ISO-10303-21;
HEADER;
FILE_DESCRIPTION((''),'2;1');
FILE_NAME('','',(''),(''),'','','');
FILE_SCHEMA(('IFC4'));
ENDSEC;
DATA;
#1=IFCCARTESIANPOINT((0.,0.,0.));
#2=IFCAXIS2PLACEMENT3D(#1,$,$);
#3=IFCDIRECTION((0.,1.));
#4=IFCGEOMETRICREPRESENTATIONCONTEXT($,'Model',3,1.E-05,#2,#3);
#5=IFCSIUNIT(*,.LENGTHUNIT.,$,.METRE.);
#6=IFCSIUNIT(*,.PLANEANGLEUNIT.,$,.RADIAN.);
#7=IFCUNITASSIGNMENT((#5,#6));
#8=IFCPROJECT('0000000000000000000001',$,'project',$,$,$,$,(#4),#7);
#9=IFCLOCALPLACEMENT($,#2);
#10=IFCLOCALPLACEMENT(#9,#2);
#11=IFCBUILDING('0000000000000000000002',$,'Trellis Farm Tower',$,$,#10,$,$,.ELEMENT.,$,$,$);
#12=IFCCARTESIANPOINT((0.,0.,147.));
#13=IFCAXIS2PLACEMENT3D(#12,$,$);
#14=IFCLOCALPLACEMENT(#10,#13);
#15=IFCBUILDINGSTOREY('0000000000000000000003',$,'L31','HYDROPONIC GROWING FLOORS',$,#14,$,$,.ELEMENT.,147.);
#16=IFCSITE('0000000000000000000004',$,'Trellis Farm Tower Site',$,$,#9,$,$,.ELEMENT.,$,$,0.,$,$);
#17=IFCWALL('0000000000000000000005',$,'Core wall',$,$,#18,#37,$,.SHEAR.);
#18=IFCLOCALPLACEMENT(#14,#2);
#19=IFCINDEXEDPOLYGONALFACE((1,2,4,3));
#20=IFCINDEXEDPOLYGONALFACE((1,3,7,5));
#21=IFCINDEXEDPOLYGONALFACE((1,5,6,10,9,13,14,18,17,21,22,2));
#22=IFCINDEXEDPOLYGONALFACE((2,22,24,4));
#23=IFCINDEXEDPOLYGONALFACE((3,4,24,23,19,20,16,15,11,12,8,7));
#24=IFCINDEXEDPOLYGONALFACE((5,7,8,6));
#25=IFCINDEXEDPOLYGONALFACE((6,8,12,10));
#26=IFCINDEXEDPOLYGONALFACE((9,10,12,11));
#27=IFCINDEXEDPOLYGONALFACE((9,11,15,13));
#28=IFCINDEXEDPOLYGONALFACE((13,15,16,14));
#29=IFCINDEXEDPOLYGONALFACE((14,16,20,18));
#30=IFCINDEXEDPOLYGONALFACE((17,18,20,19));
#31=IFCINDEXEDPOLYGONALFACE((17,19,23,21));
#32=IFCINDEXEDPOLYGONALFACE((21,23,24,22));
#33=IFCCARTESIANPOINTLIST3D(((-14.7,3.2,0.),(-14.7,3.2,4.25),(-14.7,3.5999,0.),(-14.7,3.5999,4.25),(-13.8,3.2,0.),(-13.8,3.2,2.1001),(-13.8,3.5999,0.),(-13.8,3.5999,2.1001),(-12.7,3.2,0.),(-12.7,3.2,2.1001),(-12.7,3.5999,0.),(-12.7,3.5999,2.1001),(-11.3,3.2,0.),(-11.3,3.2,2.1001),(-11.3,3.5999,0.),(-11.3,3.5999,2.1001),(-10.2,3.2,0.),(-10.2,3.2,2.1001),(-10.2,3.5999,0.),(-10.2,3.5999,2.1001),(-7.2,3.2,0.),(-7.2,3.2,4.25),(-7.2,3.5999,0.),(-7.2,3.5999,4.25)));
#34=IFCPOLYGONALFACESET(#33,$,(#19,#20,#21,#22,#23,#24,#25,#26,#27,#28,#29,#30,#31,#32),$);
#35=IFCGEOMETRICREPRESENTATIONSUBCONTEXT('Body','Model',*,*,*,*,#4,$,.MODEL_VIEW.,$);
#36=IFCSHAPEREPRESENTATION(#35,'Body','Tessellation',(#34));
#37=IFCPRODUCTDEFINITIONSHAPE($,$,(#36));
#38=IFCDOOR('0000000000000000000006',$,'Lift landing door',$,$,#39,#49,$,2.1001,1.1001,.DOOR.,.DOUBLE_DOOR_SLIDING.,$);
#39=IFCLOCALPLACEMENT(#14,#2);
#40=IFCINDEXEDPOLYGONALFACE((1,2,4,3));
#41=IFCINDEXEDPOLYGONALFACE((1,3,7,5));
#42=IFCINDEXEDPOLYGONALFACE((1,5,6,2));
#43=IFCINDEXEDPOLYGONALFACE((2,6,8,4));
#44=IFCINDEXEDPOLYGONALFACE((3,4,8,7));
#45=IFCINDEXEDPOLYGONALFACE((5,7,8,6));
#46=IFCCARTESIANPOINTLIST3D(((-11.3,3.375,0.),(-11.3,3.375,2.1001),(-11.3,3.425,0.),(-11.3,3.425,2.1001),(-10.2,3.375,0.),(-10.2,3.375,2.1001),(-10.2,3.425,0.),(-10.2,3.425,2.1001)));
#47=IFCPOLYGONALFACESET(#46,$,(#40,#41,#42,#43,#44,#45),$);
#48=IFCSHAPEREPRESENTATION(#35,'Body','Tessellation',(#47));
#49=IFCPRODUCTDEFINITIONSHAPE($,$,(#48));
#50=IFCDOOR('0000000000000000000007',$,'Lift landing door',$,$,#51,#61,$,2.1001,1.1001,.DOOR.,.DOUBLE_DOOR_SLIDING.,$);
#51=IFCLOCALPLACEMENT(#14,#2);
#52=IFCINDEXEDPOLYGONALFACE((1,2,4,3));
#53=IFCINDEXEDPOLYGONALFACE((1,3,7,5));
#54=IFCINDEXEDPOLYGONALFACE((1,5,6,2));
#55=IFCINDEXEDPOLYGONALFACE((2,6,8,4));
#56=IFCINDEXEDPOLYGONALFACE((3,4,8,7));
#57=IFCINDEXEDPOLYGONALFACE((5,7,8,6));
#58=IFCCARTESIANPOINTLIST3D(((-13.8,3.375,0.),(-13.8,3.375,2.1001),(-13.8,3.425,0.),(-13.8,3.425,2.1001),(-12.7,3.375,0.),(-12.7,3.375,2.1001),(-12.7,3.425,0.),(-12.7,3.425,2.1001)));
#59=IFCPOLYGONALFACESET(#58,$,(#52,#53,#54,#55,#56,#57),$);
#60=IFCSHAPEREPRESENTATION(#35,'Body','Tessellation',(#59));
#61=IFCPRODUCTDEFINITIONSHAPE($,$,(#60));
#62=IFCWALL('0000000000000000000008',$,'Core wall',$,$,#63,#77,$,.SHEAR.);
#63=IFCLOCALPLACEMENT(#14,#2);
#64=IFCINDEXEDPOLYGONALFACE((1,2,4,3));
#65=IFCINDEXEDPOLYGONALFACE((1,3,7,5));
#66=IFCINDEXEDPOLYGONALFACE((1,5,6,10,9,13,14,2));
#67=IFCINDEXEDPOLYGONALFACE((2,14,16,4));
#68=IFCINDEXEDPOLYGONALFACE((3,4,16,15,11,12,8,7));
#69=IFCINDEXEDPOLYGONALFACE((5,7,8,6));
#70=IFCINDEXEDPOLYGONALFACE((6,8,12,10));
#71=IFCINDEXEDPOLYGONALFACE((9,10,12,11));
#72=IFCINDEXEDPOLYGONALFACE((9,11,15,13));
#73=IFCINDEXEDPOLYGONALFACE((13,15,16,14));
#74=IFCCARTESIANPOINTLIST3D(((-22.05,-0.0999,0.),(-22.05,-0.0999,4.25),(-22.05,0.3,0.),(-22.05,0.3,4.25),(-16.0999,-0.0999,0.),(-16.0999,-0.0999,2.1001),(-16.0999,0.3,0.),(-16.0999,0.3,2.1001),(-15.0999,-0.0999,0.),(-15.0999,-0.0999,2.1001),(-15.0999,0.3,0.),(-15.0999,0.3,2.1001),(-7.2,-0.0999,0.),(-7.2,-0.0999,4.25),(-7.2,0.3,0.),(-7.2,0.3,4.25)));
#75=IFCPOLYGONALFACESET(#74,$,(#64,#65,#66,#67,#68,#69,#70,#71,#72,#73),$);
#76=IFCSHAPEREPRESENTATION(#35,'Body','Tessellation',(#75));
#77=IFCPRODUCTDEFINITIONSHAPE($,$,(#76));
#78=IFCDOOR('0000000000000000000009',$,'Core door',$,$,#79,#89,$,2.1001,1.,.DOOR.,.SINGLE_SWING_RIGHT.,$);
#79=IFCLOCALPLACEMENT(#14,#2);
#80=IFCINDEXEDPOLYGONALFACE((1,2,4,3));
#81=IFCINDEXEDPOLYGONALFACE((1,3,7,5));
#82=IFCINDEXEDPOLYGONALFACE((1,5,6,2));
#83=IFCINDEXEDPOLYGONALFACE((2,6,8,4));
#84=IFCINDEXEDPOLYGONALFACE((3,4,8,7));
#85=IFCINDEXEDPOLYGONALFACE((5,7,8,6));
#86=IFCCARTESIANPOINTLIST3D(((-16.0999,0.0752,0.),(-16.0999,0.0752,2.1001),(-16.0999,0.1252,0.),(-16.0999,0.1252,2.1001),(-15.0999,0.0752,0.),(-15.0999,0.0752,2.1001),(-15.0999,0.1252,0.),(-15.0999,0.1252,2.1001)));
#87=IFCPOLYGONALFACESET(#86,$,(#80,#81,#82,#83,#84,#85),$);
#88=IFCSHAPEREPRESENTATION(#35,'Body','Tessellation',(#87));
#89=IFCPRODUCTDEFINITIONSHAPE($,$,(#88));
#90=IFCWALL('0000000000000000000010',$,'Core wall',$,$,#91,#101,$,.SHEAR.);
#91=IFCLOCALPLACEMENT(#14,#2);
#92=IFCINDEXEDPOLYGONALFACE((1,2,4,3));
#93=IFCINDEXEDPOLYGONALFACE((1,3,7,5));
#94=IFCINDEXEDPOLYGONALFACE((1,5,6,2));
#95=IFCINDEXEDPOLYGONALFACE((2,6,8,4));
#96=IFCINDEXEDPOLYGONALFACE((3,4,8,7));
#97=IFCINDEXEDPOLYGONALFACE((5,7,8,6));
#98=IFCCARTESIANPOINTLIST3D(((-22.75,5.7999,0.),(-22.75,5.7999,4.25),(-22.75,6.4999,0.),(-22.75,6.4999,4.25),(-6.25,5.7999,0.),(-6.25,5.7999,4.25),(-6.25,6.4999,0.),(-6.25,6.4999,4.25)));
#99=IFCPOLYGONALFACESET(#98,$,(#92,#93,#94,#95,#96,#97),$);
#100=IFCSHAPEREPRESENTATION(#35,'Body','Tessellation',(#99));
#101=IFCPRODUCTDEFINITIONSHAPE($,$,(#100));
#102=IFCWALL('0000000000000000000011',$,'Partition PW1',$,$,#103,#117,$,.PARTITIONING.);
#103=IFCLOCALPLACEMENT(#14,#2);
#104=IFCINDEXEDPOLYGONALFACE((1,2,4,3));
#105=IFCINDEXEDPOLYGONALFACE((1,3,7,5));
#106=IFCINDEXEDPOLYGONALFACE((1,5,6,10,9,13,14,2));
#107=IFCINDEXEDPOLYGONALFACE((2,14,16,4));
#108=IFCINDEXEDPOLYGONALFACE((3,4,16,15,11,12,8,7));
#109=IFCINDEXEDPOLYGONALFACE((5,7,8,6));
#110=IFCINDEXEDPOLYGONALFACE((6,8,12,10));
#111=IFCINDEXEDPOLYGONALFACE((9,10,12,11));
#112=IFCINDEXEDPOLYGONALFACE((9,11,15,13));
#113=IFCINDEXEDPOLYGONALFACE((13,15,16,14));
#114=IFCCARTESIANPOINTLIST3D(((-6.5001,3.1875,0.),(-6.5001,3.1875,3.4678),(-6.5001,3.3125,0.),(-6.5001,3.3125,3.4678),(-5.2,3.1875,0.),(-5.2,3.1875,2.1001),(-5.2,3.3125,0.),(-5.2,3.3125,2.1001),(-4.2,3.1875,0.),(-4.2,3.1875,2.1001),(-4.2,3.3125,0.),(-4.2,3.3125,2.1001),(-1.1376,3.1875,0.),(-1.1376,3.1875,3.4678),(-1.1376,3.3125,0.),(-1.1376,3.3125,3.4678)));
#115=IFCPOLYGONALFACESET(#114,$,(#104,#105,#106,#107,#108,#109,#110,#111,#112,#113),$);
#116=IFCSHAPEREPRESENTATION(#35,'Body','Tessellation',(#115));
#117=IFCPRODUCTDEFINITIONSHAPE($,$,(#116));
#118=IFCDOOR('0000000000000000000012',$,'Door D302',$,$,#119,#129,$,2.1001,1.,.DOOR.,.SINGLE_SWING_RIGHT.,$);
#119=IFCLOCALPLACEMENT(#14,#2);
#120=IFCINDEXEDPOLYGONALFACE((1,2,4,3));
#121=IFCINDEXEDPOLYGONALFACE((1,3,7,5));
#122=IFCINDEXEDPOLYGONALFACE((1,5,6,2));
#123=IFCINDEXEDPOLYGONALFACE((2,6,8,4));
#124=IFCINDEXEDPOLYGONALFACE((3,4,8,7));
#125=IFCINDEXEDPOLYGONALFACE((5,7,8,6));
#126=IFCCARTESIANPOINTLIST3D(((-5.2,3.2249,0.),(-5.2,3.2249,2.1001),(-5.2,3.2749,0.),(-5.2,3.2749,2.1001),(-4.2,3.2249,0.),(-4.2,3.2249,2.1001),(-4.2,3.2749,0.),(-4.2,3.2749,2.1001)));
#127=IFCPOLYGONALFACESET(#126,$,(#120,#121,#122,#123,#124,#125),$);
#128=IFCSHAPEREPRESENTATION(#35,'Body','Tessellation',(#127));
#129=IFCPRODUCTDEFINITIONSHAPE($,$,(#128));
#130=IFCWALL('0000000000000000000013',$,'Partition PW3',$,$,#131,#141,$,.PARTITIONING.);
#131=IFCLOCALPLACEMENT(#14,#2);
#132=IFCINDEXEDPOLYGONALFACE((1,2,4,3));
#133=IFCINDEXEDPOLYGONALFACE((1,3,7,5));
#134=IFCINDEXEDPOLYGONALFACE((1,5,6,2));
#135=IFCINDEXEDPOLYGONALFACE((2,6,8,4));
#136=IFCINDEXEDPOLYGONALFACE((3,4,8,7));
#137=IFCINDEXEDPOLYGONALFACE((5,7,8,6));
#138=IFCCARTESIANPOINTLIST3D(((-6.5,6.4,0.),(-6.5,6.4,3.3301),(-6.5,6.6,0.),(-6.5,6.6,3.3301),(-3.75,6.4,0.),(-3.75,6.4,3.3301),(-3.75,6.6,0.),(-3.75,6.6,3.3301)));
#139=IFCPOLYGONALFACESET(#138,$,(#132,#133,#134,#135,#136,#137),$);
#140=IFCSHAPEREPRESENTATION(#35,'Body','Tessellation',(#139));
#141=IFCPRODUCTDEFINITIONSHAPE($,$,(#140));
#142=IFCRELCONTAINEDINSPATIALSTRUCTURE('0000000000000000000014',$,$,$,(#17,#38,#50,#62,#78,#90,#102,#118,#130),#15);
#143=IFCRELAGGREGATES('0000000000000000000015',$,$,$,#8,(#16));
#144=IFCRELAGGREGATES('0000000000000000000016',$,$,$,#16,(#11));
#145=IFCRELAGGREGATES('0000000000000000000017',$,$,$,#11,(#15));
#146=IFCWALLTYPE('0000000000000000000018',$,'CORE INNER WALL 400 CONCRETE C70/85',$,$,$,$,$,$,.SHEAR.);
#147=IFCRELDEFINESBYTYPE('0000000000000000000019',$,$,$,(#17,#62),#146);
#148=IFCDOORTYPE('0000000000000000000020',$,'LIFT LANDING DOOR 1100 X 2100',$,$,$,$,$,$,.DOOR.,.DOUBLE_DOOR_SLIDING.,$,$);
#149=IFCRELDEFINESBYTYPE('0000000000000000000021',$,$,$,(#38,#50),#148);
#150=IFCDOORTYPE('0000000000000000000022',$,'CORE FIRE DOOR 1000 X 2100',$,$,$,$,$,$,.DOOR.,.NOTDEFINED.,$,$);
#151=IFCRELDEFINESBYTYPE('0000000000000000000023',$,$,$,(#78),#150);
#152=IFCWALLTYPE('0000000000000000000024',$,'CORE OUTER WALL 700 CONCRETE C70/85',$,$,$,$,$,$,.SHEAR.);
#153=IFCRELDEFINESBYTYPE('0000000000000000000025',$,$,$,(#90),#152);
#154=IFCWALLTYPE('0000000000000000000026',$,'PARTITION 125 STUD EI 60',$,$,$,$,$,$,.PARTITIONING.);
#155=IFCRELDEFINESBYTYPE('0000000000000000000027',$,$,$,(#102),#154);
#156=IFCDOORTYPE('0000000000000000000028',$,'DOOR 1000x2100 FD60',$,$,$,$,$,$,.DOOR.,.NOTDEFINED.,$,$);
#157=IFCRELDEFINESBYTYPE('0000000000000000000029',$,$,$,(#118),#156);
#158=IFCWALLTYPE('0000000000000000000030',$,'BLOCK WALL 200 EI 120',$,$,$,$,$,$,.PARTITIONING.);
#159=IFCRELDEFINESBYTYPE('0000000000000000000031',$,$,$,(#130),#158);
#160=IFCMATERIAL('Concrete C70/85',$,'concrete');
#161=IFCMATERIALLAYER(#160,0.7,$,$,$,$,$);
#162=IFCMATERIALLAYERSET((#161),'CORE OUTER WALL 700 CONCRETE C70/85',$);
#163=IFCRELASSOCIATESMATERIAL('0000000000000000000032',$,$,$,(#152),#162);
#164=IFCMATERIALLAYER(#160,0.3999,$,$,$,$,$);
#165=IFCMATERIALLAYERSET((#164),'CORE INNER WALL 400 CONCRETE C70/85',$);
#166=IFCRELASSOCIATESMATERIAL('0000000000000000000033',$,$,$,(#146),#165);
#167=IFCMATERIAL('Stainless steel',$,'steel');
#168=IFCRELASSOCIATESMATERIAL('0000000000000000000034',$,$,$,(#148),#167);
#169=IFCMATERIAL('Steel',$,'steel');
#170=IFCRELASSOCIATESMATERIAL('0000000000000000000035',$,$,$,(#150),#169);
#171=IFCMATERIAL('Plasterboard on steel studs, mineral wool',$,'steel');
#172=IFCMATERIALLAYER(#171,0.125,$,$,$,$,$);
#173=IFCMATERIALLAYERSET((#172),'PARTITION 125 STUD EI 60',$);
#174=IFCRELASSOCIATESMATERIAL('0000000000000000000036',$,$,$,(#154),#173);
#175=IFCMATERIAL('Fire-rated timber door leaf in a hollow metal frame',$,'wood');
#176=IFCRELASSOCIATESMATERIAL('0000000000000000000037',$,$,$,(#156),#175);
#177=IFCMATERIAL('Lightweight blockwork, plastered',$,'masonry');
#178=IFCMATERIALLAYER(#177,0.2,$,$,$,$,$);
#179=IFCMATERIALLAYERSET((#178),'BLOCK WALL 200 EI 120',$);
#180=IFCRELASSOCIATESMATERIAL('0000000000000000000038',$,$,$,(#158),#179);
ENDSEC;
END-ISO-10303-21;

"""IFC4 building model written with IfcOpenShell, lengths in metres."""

from ifc_helpers import new_model, si_unit, direction, frame, frame_2d, origin, place, context, subcontext, project, spatial, rectangle, extrude, source, transform, mapped, material, layer, layer_set, type_object, element, fill, save


model = new_model("IFC4")

# Units and contexts
model_context = context("Model", 3, precision=1e-05, world=origin(), true_north=direction((0.0, 1.0)))
body_context = subcontext(model_context, "Body", "Model", "MODEL_VIEW")
ifc_project = project(units=[si_unit("LENGTHUNIT", "METRE"), si_unit("PLANEANGLEUNIT", "RADIAN")], contexts=[model_context])

# Site, building, storey
site_placement = place(None, origin())
site = spatial("IfcSite", under=ifc_project, at=site_placement, Name="Trellis Farm Tower Site", CompositionType="ELEMENT", RefElevation=0.0)
building_placement = place(site_placement, origin())
building = spatial("IfcBuilding", under=site, at=building_placement, Name="Trellis Farm Tower", CompositionType="ELEMENT")
storey_placement = place(building_placement, frame((0.0, 0.0, 147.0)))
storey = spatial("IfcBuildingStorey", under=building, at=storey_placement, Name="L31", Description="HYDROPONIC GROWING FLOORS", CompositionType="ELEMENT", Elevation=147.0)

# Shared definitions
ifc_material_1 = material(Name="Concrete C70/85", Category="concrete")
ifc_layer_1 = layer(ifc_material_1, 0.7)
ifc_layer_set_1 = layer_set([ifc_layer_1], Name="CORE OUTER WALL 700 CONCRETE C70/85")
wall_type_1 = type_object("IfcWallType", Name="CORE OUTER WALL 700 CONCRETE C70/85", PredefinedType="SHEAR", material=ifc_layer_set_1)
ifc_material_2 = material(Name="Steel", Category="steel")

# Shared definitions
ifc_layer_2 = layer(ifc_material_1, 0.3999)
ifc_layer_set_2 = layer_set([ifc_layer_2], Name="CORE INNER WALL 400 CONCRETE C70/85")
wall_type_2 = type_object("IfcWallType", Name="CORE INNER WALL 400 CONCRETE C70/85", PredefinedType="SHEAR", material=ifc_layer_set_2)

# Wall, openings, doors
shared_shape_1 = source(origin(), body_context, "Body", "SweptSolid", [
    extrude(rectangle(XDim=7.5, YDim=0.3999, at=frame_2d((3.75, 0.0))), origin(), (0.0, 0.0, 1.0), 4.25),
])
wall_1_placement = place(storey_placement, frame((-7.2, 3.3999, 0.0), z_axis=(0.0, 0.0, 1.0), x_axis=(-1.0, 0.0, 0.0)))
wall_1 = element("IfcWall", 1, at=wall_1_placement, inside=storey, type_object=wall_type_2, Name="Core wall", PredefinedType="SHEAR", context=body_context, shape_type="MappedRepresentation", body=[
    mapped(shared_shape_1, transform((0.0, 0.0, 0.0))),
])
shared_shape_2 = source(origin(), body_context, "Body", "SweptSolid", [
    extrude(rectangle(XDim=1.1001, YDim=2.1001, at=frame_2d((0.55, 1.05))), frame((0.0, 0.21, 0.0), z_axis=(0.0, -1.0, 0.0), x_axis=(1.0, 0.0, 0.0)), (0.0, 0.0, 1.0), 0.4199),
])
opening_1_placement = place(wall_1_placement, frame((3.0, 0.0, 0.0)))
opening_1 = element("IfcOpeningElement", 2, at=opening_1_placement, cuts=wall_1, PredefinedType="OPENING", context=body_context, shape_type="MappedRepresentation", body=[
    mapped(shared_shape_2, transform((0.0, 0.0, 0.0))),
])
opening_2_placement = place(wall_1_placement, frame((5.5, 0.0, 0.0)))
opening_2 = element("IfcOpeningElement", 3, at=opening_2_placement, cuts=wall_1, PredefinedType="OPENING", context=body_context, shape_type="MappedRepresentation", body=[
    mapped(shared_shape_2, transform((0.0, 0.0, 0.0))),
])
ifc_material_3 = material(Name="Stainless steel", Category="steel")
door_type_1 = type_object("IfcDoorType", Name="LIFT LANDING DOOR 1100 X 2100", OperationType="DOUBLE_DOOR_SLIDING", PredefinedType="DOOR", material=ifc_material_3)
shared_shape_3 = source(origin(), body_context, "Body", "SweptSolid", [
    extrude(rectangle(XDim=1.1001, YDim=2.1001, at=frame_2d((0.55, 1.05))), frame((0.0, 0.0249, 0.0), z_axis=(0.0, -1.0, 0.0), x_axis=(1.0, 0.0, 0.0)), (0.0, 0.0, 1.0), 0.05),
])
door_1_placement = place(opening_1_placement, origin())
door_1 = element("IfcDoor", 4, at=door_1_placement, inside=storey, type_object=door_type_1, Name="Lift landing door", OperationType="DOUBLE_DOOR_SLIDING", OverallHeight=2.1001, OverallWidth=1.1001, PredefinedType="DOOR", context=body_context, shape_type="MappedRepresentation", body=[
    mapped(shared_shape_3, transform((0.0, 0.0, 0.0))),
])
fill(opening_1, door_1)
door_2_placement = place(opening_2_placement, origin())
door_2 = element("IfcDoor", 5, at=door_2_placement, inside=storey, type_object=door_type_1, Name="Lift landing door", OperationType="DOUBLE_DOOR_SLIDING", OverallHeight=2.1001, OverallWidth=1.1001, PredefinedType="DOOR", context=body_context, shape_type="MappedRepresentation", body=[
    mapped(shared_shape_3, transform((0.0, 0.0, 0.0))),
])
fill(opening_2, door_2)

# Wall, opening, door
shared_shape_4 = source(origin(), body_context, "Body", "SweptSolid", [
    extrude(rectangle(XDim=14.8501, YDim=0.3999, at=frame_2d((7.425, 0.0))), origin(), (0.0, 0.0, 1.0), 4.25),
])
wall_2_placement = place(storey_placement, frame((-7.2, 0.1001, 0.0), z_axis=(0.0, 0.0, 1.0), x_axis=(-1.0, 0.0, 0.0)))
wall_2 = element("IfcWall", 6, at=wall_2_placement, inside=storey, type_object=wall_type_2, Name="Core wall", PredefinedType="SHEAR", context=body_context, shape_type="MappedRepresentation", body=[
    mapped(shared_shape_4, transform((0.0, 0.0, 0.0))),
])
shared_shape_5 = source(origin(), body_context, "Body", "SweptSolid", [
    extrude(rectangle(XDim=1.0, YDim=2.1001, at=frame_2d((0.5, 1.05))), frame((0.0, 0.21, 0.0), z_axis=(0.0, -1.0, 0.0), x_axis=(1.0, 0.0, 0.0)), (0.0, 0.0, 1.0), 0.4199),
])
opening_3_placement = place(wall_2_placement, frame((7.8999, 0.0, 0.0)))
opening_3 = element("IfcOpeningElement", 7, at=opening_3_placement, cuts=wall_2, PredefinedType="OPENING", context=body_context, shape_type="MappedRepresentation", body=[
    mapped(shared_shape_5, transform((0.0, 0.0, 0.0))),
])
door_type_2 = type_object("IfcDoorType", Name="CORE FIRE DOOR 1000 X 2100", OperationType="NOTDEFINED", PredefinedType="DOOR", material=ifc_material_2)
shared_shape_6 = source(origin(), body_context, "Body", "SweptSolid", [
    extrude(rectangle(XDim=1.0, YDim=2.1001, at=frame_2d((0.5, 1.05))), frame((0.0, 0.0249, 0.0), z_axis=(0.0, -1.0, 0.0), x_axis=(1.0, 0.0, 0.0)), (0.0, 0.0, 1.0), 0.05),
])
door_3_placement = place(opening_3_placement, origin())
door_3 = element("IfcDoor", 8, at=door_3_placement, inside=storey, type_object=door_type_2, Name="Core door", OperationType="SINGLE_SWING_RIGHT", OverallHeight=2.1001, OverallWidth=1.0, PredefinedType="DOOR", context=body_context, shape_type="MappedRepresentation", body=[
    mapped(shared_shape_6, transform((0.0, 0.0, 0.0))),
])
fill(opening_3, door_3)

# Wall
shared_shape_7 = source(origin(), body_context, "Body", "SweptSolid", [
    extrude(rectangle(XDim=16.5, YDim=0.7, at=frame_2d((8.25, 0.0))), origin(), (0.0, 0.0, 1.0), 4.25),
])
wall_3_placement = place(storey_placement, frame((-6.25, 6.1499, 0.0), z_axis=(0.0, 0.0, 1.0), x_axis=(-1.0, 0.0, 0.0)))
element("IfcWall", 9, at=wall_3_placement, inside=storey, type_object=wall_type_1, Name="Core wall", PredefinedType="SHEAR", context=body_context, shape_type="MappedRepresentation", body=[
    mapped(shared_shape_7, transform((0.0, 0.0, 0.0))),
])

# Wall, opening, door
ifc_material_4 = material(Name="Plasterboard on steel studs, mineral wool", Category="steel")
ifc_layer_3 = layer(ifc_material_4, 0.125)
ifc_layer_set_3 = layer_set([ifc_layer_3], Name="PARTITION 125 STUD EI 60")
wall_type_3 = type_object("IfcWallType", Name="PARTITION 125 STUD EI 60", PredefinedType="PARTITIONING", material=ifc_layer_set_3)
shared_shape_8 = source(origin(), body_context, "Body", "SweptSolid", [
    extrude(rectangle(XDim=5.3625, YDim=0.125, at=frame_2d((2.6812, 0.0))), origin(), (0.0, 0.0, 1.0), 3.4678),
])
wall_4_placement = place(storey_placement, frame((-6.5, 3.25, 0.0), z_axis=(0.0, 0.0, 1.0), x_axis=(1.0, 0.0, 0.0)))
wall_4 = element("IfcWall", 10, at=wall_4_placement, inside=storey, type_object=wall_type_3, Name="Partition PW1", PredefinedType="PARTITIONING", context=body_context, shape_type="MappedRepresentation", body=[
    mapped(shared_shape_8, transform((0.0, 0.0, 0.0))),
])
shared_shape_9 = source(origin(), body_context, "Body", "SweptSolid", [
    extrude(rectangle(XDim=1.0, YDim=2.1001, at=frame_2d((0.5, 1.05))), frame((0.0, 0.0725, 0.0), z_axis=(0.0, -1.0, 0.0), x_axis=(1.0, 0.0, 0.0)), (0.0, 0.0, 1.0), 0.145),
])
opening_4_placement = place(wall_4_placement, frame((1.3, 0.0, 0.0)))
opening_4 = element("IfcOpeningElement", 11, at=opening_4_placement, cuts=wall_4, PredefinedType="OPENING", context=body_context, shape_type="MappedRepresentation", body=[
    mapped(shared_shape_9, transform((0.0, 0.0, 0.0))),
])
ifc_material_5 = material(Name="Fire-rated timber door leaf in a hollow metal frame", Category="wood")
door_type_3 = type_object("IfcDoorType", Name="DOOR 1000x2100 FD60", OperationType="NOTDEFINED", PredefinedType="DOOR", material=ifc_material_5)
door_4_placement = place(opening_4_placement, origin())
door_4 = element("IfcDoor", 12, at=door_4_placement, inside=storey, type_object=door_type_3, Name="Door D302", OperationType="SINGLE_SWING_RIGHT", OverallHeight=2.1001, OverallWidth=1.0, PredefinedType="DOOR", context=body_context, shape_type="MappedRepresentation", body=[
    mapped(shared_shape_6, transform((0.0, 0.0, 0.0))),
])
fill(opening_4, door_4)

# Wall
ifc_material_6 = material(Name="Lightweight blockwork, plastered", Category="masonry")
ifc_layer_4 = layer(ifc_material_6, 0.2)
ifc_layer_set_4 = layer_set([ifc_layer_4], Name="BLOCK WALL 200 EI 120")
wall_type_4 = type_object("IfcWallType", Name="BLOCK WALL 200 EI 120", PredefinedType="PARTITIONING", material=ifc_layer_set_4)
shared_shape_10 = source(origin(), body_context, "Body", "SweptSolid", [
    extrude(rectangle(XDim=2.75, YDim=0.2, at=frame_2d((1.375, 0.0))), origin(), (0.0, 0.0, 1.0), 3.3301),
])
wall_5_placement = place(storey_placement, frame((-6.5, 6.5, 0.0), z_axis=(0.0, 0.0, 1.0), x_axis=(1.0, 0.0, 0.0)))
element("IfcWall", 13, at=wall_5_placement, inside=storey, type_object=wall_type_4, Name="Partition PW3", PredefinedType="PARTITIONING", context=body_context, shape_type="MappedRepresentation", body=[
    mapped(shared_shape_10, transform((0.0, 0.0, 0.0))),
])

save(model, "model.ifc")
